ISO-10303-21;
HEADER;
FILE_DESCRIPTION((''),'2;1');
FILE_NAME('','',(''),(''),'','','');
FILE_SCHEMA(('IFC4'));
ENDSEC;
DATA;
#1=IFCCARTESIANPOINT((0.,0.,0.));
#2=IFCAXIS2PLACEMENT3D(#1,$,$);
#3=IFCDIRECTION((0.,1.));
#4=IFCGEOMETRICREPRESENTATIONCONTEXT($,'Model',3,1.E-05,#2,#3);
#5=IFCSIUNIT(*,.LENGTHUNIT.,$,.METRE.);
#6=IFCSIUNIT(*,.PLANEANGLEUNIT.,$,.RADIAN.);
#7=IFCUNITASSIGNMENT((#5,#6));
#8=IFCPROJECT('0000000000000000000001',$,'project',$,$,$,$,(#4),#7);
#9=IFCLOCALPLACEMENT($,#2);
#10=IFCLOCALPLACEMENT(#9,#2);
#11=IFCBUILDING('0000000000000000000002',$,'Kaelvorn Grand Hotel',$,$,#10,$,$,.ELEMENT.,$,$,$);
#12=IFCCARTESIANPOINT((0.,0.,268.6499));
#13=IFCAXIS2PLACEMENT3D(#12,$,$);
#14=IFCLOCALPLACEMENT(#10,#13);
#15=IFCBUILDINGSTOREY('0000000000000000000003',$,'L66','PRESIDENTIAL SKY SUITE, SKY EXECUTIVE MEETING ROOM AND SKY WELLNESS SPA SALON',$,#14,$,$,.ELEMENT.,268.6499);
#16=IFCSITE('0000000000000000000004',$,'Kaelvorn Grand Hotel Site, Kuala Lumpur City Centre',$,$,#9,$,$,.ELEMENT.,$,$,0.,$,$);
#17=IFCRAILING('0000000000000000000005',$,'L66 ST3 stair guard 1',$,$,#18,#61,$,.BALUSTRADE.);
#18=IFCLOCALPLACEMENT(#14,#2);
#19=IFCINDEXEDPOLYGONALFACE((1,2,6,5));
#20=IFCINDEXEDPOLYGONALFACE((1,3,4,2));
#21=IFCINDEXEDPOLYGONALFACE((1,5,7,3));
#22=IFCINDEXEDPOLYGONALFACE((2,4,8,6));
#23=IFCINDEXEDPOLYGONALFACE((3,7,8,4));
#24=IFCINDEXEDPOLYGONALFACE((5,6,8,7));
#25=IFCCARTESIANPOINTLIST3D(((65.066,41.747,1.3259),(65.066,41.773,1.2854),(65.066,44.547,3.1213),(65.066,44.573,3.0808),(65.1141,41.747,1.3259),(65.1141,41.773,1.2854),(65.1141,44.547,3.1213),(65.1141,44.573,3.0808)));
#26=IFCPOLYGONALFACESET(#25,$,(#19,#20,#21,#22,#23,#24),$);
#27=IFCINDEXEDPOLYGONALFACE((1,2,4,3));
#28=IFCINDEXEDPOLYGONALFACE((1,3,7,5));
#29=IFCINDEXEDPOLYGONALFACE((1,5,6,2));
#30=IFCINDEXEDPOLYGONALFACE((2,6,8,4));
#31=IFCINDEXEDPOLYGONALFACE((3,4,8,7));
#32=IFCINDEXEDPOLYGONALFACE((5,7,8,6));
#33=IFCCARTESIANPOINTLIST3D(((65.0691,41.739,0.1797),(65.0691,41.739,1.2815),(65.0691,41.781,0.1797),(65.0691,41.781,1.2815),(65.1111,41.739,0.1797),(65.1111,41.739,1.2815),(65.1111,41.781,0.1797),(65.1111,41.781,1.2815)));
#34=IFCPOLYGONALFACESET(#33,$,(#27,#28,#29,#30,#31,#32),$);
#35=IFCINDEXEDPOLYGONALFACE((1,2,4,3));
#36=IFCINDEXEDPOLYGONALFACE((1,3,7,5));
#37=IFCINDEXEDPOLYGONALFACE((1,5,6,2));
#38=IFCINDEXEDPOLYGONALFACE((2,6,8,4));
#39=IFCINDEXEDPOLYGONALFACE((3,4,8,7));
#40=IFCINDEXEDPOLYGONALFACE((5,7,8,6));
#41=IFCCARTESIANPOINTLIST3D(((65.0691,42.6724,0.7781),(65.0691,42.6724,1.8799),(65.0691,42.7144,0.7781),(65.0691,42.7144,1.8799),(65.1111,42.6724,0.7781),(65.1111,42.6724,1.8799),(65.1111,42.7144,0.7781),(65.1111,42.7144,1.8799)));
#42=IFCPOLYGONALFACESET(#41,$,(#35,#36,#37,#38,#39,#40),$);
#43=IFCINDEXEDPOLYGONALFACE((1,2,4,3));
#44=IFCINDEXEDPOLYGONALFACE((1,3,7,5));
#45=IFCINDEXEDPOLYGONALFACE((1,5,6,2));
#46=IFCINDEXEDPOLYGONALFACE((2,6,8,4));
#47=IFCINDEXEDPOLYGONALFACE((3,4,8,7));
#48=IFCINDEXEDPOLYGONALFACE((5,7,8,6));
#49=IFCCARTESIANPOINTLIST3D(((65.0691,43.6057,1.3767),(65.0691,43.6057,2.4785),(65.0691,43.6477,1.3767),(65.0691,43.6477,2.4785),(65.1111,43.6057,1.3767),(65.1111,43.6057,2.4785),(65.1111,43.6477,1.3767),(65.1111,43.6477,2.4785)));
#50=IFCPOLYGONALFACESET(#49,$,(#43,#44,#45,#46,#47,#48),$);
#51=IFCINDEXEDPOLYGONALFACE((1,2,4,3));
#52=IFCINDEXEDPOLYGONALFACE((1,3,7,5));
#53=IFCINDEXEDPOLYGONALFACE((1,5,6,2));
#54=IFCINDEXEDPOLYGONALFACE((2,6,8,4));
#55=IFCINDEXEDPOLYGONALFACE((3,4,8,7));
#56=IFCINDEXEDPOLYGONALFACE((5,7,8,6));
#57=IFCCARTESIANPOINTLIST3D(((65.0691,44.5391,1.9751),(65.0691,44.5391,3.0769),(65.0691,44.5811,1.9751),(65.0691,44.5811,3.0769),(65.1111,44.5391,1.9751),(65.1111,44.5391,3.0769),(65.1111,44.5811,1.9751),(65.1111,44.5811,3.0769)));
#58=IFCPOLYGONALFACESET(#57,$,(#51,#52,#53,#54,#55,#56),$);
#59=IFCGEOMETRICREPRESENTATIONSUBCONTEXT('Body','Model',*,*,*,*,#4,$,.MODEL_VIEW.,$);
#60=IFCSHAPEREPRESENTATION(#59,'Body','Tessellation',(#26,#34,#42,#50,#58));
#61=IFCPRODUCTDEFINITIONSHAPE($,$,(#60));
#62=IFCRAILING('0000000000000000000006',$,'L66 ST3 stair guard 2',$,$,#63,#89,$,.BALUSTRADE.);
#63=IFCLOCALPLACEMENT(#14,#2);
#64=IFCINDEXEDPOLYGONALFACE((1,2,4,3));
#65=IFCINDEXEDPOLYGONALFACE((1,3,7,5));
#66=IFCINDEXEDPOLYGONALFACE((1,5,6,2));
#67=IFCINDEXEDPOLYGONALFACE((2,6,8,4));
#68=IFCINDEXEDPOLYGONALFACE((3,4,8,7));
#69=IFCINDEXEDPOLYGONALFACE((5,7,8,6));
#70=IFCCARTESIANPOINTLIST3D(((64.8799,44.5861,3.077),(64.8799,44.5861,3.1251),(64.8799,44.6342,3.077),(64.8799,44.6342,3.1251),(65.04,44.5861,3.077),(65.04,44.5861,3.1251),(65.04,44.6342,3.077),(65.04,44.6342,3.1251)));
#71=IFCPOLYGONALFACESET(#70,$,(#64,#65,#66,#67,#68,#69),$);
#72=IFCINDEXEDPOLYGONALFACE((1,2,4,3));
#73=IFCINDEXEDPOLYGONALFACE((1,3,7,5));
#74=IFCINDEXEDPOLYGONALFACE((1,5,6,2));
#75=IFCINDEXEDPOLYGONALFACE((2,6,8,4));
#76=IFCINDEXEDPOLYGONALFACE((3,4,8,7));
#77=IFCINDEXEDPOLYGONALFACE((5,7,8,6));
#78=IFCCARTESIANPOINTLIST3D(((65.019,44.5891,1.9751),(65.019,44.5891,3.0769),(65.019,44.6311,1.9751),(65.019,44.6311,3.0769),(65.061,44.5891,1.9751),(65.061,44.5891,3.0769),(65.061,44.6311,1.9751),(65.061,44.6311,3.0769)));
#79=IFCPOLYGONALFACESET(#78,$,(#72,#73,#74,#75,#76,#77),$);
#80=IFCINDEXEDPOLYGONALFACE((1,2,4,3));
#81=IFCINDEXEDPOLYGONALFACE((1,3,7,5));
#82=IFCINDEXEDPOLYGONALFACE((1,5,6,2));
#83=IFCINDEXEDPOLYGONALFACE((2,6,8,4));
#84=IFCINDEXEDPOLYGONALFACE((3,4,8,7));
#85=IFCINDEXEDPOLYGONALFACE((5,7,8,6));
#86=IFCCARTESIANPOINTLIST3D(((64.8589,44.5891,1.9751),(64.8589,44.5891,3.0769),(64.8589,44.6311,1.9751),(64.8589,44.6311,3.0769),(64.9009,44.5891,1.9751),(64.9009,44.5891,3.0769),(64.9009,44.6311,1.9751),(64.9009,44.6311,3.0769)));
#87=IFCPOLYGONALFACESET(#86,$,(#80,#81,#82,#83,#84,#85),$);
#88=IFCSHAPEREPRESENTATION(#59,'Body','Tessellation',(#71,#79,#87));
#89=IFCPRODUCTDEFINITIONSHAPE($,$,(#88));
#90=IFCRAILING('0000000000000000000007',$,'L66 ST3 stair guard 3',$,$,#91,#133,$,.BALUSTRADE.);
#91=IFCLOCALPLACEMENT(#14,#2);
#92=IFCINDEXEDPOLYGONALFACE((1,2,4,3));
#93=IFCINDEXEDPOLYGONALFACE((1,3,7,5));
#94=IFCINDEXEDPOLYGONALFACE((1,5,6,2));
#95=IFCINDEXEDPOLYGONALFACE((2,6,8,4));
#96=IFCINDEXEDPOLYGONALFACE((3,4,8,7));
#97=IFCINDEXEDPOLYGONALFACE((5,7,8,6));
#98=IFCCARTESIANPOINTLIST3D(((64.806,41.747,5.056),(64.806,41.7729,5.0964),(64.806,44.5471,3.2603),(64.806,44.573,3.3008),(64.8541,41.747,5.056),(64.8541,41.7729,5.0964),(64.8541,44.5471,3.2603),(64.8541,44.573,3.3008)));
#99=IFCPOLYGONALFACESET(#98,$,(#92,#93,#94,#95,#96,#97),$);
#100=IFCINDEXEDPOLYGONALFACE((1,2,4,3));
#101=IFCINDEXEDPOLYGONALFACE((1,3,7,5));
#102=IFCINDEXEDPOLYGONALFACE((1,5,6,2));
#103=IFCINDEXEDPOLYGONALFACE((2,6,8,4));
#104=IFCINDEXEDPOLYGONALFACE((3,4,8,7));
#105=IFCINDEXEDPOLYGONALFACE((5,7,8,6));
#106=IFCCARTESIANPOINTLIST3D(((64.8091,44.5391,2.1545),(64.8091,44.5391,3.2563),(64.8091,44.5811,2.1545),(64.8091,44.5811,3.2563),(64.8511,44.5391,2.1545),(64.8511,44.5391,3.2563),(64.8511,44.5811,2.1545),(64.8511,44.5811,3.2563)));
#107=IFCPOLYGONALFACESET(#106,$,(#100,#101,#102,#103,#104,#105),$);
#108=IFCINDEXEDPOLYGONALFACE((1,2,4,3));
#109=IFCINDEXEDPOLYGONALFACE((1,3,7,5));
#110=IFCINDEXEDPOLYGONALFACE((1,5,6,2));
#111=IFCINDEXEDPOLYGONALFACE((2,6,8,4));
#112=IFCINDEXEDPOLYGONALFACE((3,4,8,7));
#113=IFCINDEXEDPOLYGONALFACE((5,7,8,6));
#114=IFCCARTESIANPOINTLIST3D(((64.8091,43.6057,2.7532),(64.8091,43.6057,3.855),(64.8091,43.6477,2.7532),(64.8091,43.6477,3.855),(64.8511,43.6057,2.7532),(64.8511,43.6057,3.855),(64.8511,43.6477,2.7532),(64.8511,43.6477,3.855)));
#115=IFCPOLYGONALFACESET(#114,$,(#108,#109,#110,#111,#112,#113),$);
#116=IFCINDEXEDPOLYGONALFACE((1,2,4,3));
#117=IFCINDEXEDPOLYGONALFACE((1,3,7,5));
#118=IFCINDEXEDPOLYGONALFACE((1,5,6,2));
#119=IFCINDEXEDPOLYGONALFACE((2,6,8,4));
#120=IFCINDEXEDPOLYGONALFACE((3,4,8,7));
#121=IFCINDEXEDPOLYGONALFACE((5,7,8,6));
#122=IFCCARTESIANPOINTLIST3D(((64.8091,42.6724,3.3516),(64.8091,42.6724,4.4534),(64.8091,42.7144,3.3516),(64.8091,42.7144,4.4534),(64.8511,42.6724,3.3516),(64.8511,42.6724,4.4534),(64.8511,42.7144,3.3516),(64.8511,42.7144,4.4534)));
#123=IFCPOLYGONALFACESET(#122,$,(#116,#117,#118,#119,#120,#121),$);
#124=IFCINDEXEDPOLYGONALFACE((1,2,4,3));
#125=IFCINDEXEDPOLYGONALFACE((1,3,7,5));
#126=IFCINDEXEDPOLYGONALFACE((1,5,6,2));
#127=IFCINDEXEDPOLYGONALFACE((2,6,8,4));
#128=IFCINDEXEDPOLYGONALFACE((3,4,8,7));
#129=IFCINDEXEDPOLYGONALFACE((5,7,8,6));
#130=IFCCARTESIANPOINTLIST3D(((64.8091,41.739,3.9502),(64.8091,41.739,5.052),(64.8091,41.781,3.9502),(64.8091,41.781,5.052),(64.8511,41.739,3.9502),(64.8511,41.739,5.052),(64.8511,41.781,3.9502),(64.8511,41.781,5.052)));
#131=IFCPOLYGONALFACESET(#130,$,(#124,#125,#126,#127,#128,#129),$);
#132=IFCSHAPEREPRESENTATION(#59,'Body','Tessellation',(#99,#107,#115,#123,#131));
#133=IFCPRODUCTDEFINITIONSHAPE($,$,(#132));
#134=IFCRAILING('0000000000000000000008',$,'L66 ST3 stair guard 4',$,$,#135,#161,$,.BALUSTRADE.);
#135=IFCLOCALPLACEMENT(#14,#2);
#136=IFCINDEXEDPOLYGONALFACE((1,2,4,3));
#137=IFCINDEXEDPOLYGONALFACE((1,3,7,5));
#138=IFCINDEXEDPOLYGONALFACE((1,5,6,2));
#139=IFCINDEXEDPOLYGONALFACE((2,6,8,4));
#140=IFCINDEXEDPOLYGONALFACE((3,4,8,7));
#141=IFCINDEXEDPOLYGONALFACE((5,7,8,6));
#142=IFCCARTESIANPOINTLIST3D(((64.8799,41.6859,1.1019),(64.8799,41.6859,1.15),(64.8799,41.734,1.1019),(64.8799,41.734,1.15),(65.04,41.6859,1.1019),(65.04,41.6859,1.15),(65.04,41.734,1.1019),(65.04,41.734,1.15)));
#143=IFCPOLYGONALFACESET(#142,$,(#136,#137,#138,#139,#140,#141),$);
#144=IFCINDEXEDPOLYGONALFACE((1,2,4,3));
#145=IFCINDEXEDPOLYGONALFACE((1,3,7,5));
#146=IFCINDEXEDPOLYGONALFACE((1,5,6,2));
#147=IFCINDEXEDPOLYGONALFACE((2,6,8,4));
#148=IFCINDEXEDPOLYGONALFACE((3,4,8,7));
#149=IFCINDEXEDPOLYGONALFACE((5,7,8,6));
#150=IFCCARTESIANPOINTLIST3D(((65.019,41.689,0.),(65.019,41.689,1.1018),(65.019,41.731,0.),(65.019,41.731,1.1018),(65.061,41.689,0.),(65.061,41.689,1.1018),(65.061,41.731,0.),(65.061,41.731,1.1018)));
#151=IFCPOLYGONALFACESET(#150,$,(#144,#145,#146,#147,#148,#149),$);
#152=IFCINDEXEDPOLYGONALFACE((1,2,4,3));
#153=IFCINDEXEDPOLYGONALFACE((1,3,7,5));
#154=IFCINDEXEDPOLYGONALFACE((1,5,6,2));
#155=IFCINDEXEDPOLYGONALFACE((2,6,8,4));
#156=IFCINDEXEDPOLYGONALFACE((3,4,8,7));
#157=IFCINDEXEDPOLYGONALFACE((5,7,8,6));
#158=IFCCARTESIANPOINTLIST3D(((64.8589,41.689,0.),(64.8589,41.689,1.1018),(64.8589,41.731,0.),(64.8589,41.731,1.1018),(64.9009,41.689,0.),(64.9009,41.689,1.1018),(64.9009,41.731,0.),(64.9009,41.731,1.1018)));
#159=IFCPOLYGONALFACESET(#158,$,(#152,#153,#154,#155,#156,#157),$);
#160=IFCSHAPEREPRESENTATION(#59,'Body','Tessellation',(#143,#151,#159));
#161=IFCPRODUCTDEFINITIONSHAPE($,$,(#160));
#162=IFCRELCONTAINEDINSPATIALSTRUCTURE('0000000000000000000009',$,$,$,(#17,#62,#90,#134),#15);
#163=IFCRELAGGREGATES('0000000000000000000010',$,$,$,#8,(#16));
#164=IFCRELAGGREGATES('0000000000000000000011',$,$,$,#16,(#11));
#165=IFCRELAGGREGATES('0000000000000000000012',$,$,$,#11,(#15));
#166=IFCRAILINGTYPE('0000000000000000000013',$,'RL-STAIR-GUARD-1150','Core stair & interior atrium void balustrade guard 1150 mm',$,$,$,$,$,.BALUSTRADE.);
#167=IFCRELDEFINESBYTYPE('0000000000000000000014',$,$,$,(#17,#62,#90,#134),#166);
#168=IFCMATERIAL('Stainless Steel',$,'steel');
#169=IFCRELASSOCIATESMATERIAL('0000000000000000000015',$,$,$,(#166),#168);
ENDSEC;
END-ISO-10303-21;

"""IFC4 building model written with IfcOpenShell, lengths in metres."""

from ifc_helpers import new_model, si_unit, direction, frame, origin, origin_2d, place, context, subcontext, project, spatial, rectangle, extrude, material, type_object, element, save


model = new_model("IFC4")

# Units and contexts
model_context = context("Model", 3, precision=1e-05, world=origin(), true_north=direction((0.0, 1.0)))
body_context = subcontext(model_context, "Body", "Model", "MODEL_VIEW")
ifc_project = project(units=[si_unit("LENGTHUNIT", "METRE"), si_unit("PLANEANGLEUNIT", "RADIAN")], contexts=[model_context])

# Site, building, storey
site_placement = place(None, origin())
site = spatial("IfcSite", under=ifc_project, at=site_placement, Name="Kaelvorn Grand Hotel Site, Kuala Lumpur City Centre", CompositionType="ELEMENT", RefElevation=0.0)
building_placement = place(site_placement, origin())
building = spatial("IfcBuilding", under=site, at=building_placement, Name="Kaelvorn Grand Hotel", CompositionType="ELEMENT")
storey_placement = place(building_placement, frame((0.0, 0.0, 268.6499)))
storey = spatial("IfcBuildingStorey", under=building, at=storey_placement, Name="L66", Description="PRESIDENTIAL SKY SUITE, SKY EXECUTIVE MEETING ROOM AND SKY WELLNESS SPA SALON", CompositionType="ELEMENT", Elevation=268.6499)

# Shared definitions
ifc_material_1 = material(Name="Stainless Steel", Category="steel")

# Railings
railing_type_1 = type_object("IfcRailingType", Name="RL-STAIR-GUARD-1150", Description="Core stair & interior atrium void balustrade guard 1150 mm", PredefinedType="BALUSTRADE", material=ifc_material_1)
railing_1_placement = place(storey_placement, frame((65.0901, 41.76, 0.1797)))
element("IfcRailing", 1, at=railing_1_placement, inside=storey, type_object=railing_type_1, Name="L66 ST3 stair guard 1", PredefinedType="BALUSTRADE", context=body_context, shape_type="SweptSolid", body=[
    extrude(rectangle(XDim=0.0481, YDim=0.0481, at=origin_2d()), frame((0.0, 0.0, 1.126), z_axis=(0.0, 0.84181, 0.539774), x_axis=(-1.0, 0.0, 0.0)), (0.0, 0.0, 1.0), 3.3262),
    extrude(rectangle(XDim=0.042, YDim=0.042, at=origin_2d()), origin(), (0.0, 0.0, 1.0), 1.1018),
    extrude(rectangle(XDim=0.042, YDim=0.042, at=origin_2d()), frame((0.0, 0.9333, 0.5984)), (0.0, 0.0, 1.0), 1.1018),
    extrude(rectangle(XDim=0.042, YDim=0.042, at=origin_2d()), frame((0.0, 1.8667, 1.197)), (0.0, 0.0, 1.0), 1.1018),
    extrude(rectangle(XDim=0.042, YDim=0.042, at=origin_2d()), frame((0.0, 2.8, 1.7954)), (0.0, 0.0, 1.0), 1.1018),
])
railing_2_placement = place(storey_placement, frame((65.04, 44.6101, 1.9751)))
element("IfcRailing", 2, at=railing_2_placement, inside=storey, type_object=railing_type_1, Name="L66 ST3 stair guard 2", PredefinedType="BALUSTRADE", context=body_context, shape_type="SweptSolid", body=[
    extrude(rectangle(XDim=0.0481, YDim=0.0481, at=origin_2d()), frame((0.0, 0.0, 1.126), z_axis=(-1.0, 0.0, 0.0), x_axis=(0.0, -1.0, 0.0)), (0.0, 0.0, 1.0), 0.1602),
    extrude(rectangle(XDim=0.042, YDim=0.042, at=origin_2d()), origin(), (0.0, 0.0, 1.0), 1.1018),
    extrude(rectangle(XDim=0.042, YDim=0.042, at=origin_2d()), frame((-0.1602, 0.0, 0.0)), (0.0, 0.0, 1.0), 1.1018),
])
railing_3_placement = place(storey_placement, frame((64.8301, 44.5601, 2.1545)))
element("IfcRailing", 3, at=railing_3_placement, inside=storey, type_object=railing_type_1, Name="L66 ST3 stair guard 3", PredefinedType="BALUSTRADE", context=body_context, shape_type="SweptSolid", body=[
    extrude(rectangle(XDim=0.0481, YDim=0.0481, at=origin_2d()), frame((0.0, 0.0, 1.126), z_axis=(0.0, -0.841777, 0.539826), x_axis=(1.0, 0.0, 0.0)), (0.0, 0.0, 1.0), 3.3264),
    extrude(rectangle(XDim=0.042, YDim=0.042, at=origin_2d()), origin(), (0.0, 0.0, 1.0), 1.1018),
    extrude(rectangle(XDim=0.042, YDim=0.042, at=origin_2d()), frame((0.0, -0.9333, 0.5986)), (0.0, 0.0, 1.0), 1.1018),
    extrude(rectangle(XDim=0.042, YDim=0.042, at=origin_2d()), frame((0.0, -1.8667, 1.197)), (0.0, 0.0, 1.0), 1.1018),
    extrude(rectangle(XDim=0.042, YDim=0.042, at=origin_2d()), frame((0.0, -2.8, 1.7957)), (0.0, 0.0, 1.0), 1.1018),
])
railing_4_placement = place(storey_placement, frame((65.04, 41.71, 0.0)))
element("IfcRailing", 4, at=railing_4_placement, inside=storey, type_object=railing_type_1, Name="L66 ST3 stair guard 4", PredefinedType="BALUSTRADE", context=body_context, shape_type="SweptSolid", body=[
    extrude(rectangle(XDim=0.0481, YDim=0.0481, at=origin_2d()), frame((0.0, 0.0, 1.126), z_axis=(-1.0, 0.0, 0.0), x_axis=(0.0, -1.0, 0.0)), (0.0, 0.0, 1.0), 0.1602),
    extrude(rectangle(XDim=0.042, YDim=0.042, at=origin_2d()), origin(), (0.0, 0.0, 1.0), 1.1018),
    extrude(rectangle(XDim=0.042, YDim=0.042, at=origin_2d()), frame((-0.1602, 0.0, 0.0)), (0.0, 0.0, 1.0), 1.1018),
])

save(model, "model.ifc")
